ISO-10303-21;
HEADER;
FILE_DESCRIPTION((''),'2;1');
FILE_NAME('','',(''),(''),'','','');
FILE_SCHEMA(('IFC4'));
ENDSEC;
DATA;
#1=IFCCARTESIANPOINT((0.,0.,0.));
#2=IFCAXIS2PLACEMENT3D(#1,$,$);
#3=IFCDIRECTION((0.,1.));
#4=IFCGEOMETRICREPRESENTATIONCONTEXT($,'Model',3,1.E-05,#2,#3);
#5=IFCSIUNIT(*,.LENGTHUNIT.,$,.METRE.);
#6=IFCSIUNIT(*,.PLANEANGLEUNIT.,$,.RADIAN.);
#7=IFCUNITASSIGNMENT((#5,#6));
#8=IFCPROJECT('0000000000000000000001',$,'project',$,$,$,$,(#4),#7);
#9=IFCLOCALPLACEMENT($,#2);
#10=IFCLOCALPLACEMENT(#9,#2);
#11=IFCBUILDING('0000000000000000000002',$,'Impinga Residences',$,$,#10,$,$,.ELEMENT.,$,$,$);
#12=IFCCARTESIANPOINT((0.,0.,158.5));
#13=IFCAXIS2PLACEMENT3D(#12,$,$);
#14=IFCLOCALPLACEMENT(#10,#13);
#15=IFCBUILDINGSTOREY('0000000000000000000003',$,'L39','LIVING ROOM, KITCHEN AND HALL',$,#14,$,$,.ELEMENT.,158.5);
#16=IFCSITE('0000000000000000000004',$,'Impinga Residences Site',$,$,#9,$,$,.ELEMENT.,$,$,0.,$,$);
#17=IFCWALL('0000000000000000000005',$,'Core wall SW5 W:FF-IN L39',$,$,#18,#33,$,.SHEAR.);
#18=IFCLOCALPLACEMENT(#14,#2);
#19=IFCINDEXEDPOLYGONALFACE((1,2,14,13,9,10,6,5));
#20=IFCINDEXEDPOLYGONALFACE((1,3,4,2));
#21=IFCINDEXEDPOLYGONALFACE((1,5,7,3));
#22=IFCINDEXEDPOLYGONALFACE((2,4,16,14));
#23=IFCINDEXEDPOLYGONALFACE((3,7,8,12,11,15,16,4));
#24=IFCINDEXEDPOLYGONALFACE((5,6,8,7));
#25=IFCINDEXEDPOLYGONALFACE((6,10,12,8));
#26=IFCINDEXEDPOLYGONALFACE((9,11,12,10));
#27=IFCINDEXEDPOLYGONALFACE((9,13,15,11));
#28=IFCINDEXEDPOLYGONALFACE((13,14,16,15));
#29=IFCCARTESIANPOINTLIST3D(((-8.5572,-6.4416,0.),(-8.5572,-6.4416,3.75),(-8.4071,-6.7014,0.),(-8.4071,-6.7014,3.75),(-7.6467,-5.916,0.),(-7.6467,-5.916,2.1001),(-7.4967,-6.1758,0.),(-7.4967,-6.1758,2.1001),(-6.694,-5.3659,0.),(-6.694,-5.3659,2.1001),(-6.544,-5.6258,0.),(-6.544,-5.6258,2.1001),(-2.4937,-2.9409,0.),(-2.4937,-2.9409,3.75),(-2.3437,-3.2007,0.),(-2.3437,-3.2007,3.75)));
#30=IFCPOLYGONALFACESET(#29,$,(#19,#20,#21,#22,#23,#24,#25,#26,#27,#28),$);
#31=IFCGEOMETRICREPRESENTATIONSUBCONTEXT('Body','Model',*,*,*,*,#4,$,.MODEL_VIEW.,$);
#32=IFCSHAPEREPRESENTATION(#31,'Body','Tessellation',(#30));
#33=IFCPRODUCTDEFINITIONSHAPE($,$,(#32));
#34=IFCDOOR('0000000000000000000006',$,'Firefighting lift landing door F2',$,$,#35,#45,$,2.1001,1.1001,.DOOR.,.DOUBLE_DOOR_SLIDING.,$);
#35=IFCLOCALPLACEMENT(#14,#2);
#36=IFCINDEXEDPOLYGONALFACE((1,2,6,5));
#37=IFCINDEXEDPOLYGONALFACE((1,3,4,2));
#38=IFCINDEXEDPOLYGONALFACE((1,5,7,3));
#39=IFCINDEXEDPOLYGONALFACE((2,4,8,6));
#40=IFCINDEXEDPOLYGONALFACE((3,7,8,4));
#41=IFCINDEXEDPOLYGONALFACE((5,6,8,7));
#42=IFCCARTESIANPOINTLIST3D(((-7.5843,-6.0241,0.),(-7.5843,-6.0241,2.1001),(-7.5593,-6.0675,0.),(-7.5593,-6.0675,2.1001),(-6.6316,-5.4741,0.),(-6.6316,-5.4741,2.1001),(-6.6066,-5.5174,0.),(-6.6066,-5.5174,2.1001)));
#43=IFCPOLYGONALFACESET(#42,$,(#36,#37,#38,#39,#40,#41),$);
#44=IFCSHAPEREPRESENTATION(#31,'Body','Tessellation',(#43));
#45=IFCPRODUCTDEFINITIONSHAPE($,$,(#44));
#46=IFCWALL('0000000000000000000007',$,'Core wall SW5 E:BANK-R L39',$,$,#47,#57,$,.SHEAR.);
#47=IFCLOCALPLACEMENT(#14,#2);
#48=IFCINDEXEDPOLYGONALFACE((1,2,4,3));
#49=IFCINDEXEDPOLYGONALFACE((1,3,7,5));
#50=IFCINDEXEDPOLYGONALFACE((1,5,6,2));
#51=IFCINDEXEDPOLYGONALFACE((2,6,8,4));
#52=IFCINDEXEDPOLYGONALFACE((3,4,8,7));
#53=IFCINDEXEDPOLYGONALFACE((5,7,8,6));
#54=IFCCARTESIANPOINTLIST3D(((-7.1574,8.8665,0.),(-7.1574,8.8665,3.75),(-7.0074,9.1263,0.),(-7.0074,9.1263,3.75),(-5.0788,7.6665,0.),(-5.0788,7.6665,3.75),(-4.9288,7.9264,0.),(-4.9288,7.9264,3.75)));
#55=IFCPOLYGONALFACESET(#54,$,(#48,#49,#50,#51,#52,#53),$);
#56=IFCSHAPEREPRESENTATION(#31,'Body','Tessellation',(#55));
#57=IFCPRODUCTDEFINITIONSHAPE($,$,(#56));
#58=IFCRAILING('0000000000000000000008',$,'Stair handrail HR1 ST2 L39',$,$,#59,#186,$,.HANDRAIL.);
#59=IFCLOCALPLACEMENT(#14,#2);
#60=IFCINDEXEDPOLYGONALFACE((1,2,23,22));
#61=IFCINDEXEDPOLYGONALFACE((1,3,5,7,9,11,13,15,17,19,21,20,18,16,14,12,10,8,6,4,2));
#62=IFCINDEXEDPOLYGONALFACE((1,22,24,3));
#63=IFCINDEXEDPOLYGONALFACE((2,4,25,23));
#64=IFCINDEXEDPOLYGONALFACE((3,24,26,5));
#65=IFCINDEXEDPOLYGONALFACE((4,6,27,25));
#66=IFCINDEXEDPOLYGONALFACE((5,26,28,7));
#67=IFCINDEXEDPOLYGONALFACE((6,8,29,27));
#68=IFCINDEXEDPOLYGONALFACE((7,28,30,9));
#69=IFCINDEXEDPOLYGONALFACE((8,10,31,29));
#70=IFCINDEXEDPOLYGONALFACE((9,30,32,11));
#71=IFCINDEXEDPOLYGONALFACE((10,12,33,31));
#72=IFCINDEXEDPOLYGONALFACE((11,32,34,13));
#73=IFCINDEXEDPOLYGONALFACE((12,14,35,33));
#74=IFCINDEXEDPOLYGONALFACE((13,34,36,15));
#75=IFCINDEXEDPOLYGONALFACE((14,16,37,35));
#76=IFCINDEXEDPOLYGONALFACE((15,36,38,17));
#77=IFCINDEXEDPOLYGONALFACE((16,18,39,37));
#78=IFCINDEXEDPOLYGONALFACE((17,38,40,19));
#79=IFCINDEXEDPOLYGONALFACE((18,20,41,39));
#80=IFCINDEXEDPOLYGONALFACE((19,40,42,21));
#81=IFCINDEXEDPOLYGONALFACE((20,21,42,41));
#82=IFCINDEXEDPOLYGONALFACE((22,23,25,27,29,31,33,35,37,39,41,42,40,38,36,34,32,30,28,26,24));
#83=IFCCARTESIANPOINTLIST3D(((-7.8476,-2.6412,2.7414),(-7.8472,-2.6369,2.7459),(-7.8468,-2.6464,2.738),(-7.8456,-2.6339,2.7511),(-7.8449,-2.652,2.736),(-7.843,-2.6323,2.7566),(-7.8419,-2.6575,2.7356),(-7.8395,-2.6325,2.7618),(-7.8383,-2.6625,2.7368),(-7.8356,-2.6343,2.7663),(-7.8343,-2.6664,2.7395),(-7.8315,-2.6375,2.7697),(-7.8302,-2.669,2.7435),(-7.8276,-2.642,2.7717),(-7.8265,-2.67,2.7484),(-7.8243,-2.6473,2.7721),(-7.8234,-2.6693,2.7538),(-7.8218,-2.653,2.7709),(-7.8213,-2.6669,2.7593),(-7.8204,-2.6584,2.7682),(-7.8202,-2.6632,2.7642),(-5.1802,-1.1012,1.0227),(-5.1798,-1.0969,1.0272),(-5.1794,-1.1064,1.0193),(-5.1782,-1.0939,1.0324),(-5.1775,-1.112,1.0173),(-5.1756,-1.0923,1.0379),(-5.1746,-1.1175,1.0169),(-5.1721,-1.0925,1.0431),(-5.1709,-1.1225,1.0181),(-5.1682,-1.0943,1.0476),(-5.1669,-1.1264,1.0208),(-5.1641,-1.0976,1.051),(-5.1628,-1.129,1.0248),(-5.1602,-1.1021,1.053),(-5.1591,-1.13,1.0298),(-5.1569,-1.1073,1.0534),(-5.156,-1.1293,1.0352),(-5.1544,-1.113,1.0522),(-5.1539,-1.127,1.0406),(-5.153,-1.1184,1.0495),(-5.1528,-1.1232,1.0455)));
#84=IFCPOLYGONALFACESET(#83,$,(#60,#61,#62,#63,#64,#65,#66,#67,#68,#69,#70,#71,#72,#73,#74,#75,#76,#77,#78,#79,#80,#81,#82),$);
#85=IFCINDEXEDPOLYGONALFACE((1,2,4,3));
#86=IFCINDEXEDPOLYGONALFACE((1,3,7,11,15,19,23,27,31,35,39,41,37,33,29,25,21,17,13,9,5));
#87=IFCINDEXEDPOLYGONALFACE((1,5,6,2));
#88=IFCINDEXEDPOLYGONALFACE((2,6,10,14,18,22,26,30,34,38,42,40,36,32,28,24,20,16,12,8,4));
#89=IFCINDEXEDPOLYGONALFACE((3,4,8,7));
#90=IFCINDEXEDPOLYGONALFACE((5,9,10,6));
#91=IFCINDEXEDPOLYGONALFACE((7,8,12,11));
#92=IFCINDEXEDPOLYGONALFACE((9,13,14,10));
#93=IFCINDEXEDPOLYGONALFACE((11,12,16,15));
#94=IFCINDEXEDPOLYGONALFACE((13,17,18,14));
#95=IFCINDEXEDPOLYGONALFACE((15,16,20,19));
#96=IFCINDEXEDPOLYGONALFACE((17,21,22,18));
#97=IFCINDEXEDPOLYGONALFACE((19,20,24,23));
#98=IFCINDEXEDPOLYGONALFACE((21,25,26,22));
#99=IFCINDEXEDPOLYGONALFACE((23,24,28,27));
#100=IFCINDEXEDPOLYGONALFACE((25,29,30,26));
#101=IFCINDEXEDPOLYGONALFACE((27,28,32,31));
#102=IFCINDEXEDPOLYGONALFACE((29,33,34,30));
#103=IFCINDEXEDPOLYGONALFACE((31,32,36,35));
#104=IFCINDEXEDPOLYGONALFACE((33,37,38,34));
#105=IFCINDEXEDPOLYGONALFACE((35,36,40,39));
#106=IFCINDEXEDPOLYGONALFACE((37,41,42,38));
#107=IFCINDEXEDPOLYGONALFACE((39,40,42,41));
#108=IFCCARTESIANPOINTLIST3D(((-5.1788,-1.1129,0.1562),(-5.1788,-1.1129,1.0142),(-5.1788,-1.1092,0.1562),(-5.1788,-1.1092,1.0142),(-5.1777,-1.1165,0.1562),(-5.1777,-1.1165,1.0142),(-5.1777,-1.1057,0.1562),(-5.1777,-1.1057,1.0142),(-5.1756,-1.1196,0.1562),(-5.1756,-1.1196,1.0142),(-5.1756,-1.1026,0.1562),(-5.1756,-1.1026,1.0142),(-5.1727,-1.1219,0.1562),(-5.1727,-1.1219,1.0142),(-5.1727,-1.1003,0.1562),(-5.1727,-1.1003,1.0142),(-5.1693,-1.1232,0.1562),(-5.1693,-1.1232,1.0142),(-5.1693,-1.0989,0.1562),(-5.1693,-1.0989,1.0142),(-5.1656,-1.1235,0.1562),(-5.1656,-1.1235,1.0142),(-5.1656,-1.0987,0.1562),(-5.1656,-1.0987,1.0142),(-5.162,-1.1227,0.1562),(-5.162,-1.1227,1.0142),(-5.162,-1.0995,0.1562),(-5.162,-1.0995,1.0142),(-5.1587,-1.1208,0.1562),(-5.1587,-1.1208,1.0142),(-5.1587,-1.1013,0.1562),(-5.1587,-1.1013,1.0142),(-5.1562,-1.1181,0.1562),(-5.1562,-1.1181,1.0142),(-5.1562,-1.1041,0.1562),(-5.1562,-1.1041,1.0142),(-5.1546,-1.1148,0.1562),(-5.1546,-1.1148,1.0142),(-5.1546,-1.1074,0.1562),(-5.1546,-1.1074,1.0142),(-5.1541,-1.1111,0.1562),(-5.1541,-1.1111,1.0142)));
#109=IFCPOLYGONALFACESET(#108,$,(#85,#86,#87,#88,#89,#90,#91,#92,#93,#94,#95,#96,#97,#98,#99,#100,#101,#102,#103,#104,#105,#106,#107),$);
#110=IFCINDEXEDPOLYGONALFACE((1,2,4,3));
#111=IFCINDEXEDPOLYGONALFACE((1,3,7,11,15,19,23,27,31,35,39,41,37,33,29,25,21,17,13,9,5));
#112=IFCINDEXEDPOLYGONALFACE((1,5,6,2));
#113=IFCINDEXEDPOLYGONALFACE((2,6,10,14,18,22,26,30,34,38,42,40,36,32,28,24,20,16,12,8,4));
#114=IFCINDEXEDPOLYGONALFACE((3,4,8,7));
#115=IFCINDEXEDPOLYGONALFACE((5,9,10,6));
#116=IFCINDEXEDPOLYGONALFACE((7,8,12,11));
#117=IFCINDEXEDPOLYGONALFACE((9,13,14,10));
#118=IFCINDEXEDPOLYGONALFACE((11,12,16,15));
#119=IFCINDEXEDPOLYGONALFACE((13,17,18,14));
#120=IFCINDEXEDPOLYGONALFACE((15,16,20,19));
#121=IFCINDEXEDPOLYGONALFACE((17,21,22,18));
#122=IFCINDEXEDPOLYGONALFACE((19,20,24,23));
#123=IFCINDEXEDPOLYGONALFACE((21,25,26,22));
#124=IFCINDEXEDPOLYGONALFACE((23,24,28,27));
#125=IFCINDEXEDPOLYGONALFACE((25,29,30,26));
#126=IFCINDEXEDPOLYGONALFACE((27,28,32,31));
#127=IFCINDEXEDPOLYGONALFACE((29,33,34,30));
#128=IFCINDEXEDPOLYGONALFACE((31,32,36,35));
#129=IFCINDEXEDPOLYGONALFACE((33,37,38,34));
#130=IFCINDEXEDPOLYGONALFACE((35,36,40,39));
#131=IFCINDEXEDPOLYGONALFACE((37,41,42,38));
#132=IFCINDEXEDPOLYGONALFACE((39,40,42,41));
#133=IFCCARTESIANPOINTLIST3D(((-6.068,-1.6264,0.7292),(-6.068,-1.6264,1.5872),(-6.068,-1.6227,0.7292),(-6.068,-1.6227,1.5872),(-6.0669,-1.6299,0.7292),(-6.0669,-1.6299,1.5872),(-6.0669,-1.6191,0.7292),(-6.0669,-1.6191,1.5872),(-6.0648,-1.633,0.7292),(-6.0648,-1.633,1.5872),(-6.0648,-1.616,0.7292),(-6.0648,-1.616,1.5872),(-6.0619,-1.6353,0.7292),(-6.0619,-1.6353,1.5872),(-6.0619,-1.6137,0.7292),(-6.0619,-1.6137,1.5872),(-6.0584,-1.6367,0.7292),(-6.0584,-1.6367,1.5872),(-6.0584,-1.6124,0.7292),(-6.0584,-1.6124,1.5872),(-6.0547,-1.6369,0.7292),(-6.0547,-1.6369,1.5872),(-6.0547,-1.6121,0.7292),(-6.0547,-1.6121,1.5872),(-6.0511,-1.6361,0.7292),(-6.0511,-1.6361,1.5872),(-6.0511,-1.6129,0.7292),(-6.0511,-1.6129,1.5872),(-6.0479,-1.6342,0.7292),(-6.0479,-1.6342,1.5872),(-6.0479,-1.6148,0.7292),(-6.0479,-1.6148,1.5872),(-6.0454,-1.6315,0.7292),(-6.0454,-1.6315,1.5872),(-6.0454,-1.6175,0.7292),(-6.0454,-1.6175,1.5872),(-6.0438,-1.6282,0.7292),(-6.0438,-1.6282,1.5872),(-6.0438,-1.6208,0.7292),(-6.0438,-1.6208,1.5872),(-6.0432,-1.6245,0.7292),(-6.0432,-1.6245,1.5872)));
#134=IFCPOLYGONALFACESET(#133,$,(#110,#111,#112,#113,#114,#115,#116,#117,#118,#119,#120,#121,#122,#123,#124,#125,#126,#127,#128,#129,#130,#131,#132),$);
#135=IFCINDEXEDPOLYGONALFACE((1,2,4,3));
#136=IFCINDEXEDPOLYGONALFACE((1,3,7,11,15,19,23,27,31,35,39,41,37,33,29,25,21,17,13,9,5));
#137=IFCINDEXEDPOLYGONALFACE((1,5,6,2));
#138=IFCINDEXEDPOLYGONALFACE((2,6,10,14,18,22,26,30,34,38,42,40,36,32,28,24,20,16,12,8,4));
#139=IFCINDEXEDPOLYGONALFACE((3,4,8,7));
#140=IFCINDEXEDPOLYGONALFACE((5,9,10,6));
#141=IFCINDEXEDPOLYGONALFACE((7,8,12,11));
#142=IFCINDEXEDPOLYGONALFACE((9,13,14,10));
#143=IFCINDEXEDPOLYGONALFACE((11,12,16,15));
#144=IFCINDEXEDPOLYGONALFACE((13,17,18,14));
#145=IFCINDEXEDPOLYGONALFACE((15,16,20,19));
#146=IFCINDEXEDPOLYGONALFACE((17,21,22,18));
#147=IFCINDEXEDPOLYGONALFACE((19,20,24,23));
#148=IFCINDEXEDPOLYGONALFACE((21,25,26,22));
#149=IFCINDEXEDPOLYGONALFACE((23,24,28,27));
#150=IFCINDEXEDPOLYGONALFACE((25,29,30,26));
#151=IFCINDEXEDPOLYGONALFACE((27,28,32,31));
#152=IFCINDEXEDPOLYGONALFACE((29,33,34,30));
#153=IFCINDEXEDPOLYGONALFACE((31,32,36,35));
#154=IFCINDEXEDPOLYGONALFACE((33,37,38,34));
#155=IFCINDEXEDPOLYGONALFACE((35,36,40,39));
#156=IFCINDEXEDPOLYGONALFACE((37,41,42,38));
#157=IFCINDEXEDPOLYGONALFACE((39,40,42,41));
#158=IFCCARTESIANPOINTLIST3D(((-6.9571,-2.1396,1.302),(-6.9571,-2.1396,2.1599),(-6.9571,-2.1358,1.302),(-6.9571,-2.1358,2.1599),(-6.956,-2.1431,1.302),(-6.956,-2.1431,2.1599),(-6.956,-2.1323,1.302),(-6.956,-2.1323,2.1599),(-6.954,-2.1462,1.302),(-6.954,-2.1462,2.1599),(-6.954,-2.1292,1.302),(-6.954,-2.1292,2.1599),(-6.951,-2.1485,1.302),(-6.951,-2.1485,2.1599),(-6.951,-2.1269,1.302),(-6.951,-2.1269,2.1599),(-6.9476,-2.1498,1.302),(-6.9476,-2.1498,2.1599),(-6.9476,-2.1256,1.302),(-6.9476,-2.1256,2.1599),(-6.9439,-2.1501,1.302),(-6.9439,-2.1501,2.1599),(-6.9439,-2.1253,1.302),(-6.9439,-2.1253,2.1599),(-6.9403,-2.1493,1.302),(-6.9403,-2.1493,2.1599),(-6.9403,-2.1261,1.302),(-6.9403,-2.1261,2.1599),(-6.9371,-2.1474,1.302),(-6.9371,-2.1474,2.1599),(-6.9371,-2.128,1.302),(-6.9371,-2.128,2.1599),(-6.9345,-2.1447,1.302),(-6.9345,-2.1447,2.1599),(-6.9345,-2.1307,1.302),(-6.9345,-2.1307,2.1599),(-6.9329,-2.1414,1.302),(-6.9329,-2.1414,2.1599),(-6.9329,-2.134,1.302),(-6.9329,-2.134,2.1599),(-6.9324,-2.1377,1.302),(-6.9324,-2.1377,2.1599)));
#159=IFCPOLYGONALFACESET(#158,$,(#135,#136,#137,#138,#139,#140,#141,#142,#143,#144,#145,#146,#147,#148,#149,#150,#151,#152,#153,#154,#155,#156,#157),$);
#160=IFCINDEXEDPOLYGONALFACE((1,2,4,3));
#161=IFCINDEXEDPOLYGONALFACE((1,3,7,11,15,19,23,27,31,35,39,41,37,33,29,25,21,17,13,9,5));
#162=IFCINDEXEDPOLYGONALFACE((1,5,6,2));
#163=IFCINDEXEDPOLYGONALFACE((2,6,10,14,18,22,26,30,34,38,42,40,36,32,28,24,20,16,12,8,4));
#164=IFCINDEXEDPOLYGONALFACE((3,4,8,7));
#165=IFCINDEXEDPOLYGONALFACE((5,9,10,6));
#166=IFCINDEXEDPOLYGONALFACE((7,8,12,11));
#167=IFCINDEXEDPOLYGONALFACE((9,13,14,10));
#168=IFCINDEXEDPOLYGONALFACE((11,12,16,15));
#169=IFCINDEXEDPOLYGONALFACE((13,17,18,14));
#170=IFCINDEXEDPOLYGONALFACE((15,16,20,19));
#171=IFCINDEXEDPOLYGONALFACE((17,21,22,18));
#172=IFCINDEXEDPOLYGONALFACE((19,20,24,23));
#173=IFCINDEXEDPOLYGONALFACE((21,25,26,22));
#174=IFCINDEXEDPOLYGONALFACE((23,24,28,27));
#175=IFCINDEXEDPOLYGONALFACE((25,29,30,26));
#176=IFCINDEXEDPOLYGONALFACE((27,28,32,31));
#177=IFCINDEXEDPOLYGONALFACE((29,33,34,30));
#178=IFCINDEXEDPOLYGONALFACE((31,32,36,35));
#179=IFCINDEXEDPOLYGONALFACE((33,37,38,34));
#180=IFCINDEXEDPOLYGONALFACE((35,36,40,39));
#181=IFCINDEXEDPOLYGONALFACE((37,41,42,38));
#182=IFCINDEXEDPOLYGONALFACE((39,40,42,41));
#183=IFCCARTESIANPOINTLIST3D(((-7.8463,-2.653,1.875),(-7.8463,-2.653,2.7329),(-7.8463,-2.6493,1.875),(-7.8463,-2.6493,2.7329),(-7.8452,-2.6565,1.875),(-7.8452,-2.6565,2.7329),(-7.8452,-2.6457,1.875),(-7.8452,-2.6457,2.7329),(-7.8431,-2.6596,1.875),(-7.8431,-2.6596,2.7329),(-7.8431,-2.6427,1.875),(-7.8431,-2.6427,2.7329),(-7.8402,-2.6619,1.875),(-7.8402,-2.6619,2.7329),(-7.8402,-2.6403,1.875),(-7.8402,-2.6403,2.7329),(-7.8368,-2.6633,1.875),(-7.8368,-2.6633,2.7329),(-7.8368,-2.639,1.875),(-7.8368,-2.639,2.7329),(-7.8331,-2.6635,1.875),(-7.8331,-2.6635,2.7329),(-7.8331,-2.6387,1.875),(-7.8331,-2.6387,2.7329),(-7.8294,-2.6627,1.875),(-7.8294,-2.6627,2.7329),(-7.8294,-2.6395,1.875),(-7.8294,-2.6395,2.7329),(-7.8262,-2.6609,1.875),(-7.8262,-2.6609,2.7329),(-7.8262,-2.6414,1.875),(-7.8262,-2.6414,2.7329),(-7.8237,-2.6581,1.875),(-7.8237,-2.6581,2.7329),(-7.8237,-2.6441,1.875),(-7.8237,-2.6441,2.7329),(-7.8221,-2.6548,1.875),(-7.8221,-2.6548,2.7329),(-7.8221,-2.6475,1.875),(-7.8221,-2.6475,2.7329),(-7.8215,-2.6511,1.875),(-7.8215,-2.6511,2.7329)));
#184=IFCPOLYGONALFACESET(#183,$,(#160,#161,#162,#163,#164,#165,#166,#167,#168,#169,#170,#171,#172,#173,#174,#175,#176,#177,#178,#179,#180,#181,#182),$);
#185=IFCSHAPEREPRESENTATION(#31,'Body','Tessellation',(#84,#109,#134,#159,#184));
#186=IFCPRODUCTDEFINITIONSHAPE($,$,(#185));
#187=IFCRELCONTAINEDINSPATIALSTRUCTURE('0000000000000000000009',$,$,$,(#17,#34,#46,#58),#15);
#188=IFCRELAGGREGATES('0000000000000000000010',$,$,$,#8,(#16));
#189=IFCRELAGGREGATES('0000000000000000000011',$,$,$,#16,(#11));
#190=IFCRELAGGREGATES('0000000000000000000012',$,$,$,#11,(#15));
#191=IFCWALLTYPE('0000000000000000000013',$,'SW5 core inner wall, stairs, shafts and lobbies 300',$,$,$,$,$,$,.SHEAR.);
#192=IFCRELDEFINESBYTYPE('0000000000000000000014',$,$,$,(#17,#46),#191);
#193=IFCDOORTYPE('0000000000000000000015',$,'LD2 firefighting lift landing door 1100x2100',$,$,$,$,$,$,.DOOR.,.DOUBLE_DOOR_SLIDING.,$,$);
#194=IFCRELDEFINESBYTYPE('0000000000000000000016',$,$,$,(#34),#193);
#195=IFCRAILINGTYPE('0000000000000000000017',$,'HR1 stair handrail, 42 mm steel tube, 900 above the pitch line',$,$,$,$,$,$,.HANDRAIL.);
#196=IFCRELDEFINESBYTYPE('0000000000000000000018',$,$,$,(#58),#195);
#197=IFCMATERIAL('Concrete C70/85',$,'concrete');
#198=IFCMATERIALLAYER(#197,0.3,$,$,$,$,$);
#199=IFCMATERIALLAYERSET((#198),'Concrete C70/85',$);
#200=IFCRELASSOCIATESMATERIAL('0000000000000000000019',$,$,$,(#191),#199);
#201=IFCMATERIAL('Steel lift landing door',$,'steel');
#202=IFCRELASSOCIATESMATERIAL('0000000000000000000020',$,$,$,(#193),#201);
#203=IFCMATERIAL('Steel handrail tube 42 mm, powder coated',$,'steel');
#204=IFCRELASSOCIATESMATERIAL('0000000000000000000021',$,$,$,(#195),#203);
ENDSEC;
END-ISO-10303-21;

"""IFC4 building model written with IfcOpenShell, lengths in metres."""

from ifc_helpers import new_model, si_unit, direction, frame, frame_2d, origin, origin_2d, place, context, subcontext, project, spatial, rectangle, circle, extrude, material, layer, layer_set, type_object, element, fill, save


model = new_model("IFC4")

# Units and contexts
model_context = context("Model", 3, precision=1e-05, world=origin(), true_north=direction((0.0, 1.0)))
body_context = subcontext(model_context, "Body", "Model", "MODEL_VIEW")
ifc_project = project(units=[si_unit("LENGTHUNIT", "METRE"), si_unit("PLANEANGLEUNIT", "RADIAN")], contexts=[model_context])

# Site, building, storey
site_placement = place(None, origin())
site = spatial("IfcSite", under=ifc_project, at=site_placement, Name="Impinga Residences Site", CompositionType="ELEMENT", RefElevation=0.0)
building_placement = place(site_placement, origin())
building = spatial("IfcBuilding", under=site, at=building_placement, Name="Impinga Residences", CompositionType="ELEMENT")
storey_placement = place(building_placement, frame((0.0, 0.0, 158.5)))
storey = spatial("IfcBuildingStorey", under=building, at=storey_placement, Name="L39", Description="LIVING ROOM, KITCHEN AND HALL", CompositionType="ELEMENT", Elevation=158.5)

# Shared definitions
ifc_material_1 = material(Name="Concrete C70/85", Category="concrete")
ifc_layer_1 = layer(ifc_material_1, 0.3)
ifc_layer_set_1 = layer_set([ifc_layer_1], Name="Concrete C70/85")
wall_type_1 = type_object("IfcWallType", Name="SW5 core inner wall, stairs, shafts and lobbies 300", PredefinedType="SHEAR", material=ifc_layer_set_1)

# Shared definitions
ifc_material_2 = material(Name="Steel lift landing door", Category="steel")
door_type_1 = type_object("IfcDoorType", Name="LD2 firefighting lift landing door 1100x2100", OperationType="DOUBLE_DOOR_SLIDING", PredefinedType="DOOR", material=ifc_material_2)

# Wall, opening, door
wall_1_placement = place(storey_placement, frame((-2.4187, -3.0708, 0.0), z_axis=(0.0, 0.0, 1.0), x_axis=(-0.866026, -0.499998, 0.0)))
wall_1 = element("IfcWall", 1, at=wall_1_placement, inside=storey, type_object=wall_type_1, Name="Core wall SW5 W:FF-IN L39", PredefinedType="SHEAR", context=body_context, shape_type="SweptSolid", body=[
    extrude(rectangle(XDim=7.0015, YDim=0.3, at=frame_2d((3.5007, 0.0))), origin(), (0.0, 0.0, 1.0), 3.75),
])
opening_1_placement = place(wall_1_placement, frame((4.8501, 0.0, 0.0)))
opening_1 = element("IfcOpeningElement", 2, at=opening_1_placement, cuts=wall_1, PredefinedType="OPENING", context=body_context, shape_type="SweptSolid", body=[
    extrude(rectangle(XDim=1.1001, YDim=2.1001, at=frame_2d((0.55, 1.05))), frame((0.0, 0.1599, 0.0), z_axis=(0.0, -1.0, 0.0), x_axis=(1.0, 0.0, 0.0)), (0.0, 0.0, 1.0), 0.3201),
])
door_1_placement = place(opening_1_placement, origin())
door_1 = element("IfcDoor", 3, at=door_1_placement, inside=storey, type_object=door_type_1, Name="Firefighting lift landing door F2", OperationType="DOUBLE_DOOR_SLIDING", OverallHeight=2.1001, OverallWidth=1.1001, PredefinedType="DOOR", context=body_context, shape_type="SweptSolid", body=[
    extrude(rectangle(XDim=1.1001, YDim=2.1001, at=frame_2d((0.55, 1.05))), frame((0.0, 0.0249, 0.0), z_axis=(0.0, -1.0, 0.0), x_axis=(1.0, 0.0, 0.0)), (0.0, 0.0, 1.0), 0.05),
])
fill(opening_1, door_1)

# Wall
wall_2_placement = place(storey_placement, frame((-5.0037, 7.7964, 0.0), z_axis=(0.0, 0.0, 1.0), x_axis=(-0.86605, 0.499957, 0.0)))
element("IfcWall", 4, at=wall_2_placement, inside=storey, type_object=wall_type_1, Name="Core wall SW5 E:BANK-R L39", PredefinedType="SHEAR", context=body_context, shape_type="SweptSolid", body=[
    extrude(rectangle(XDim=2.4001, YDim=0.3, at=frame_2d((1.2002, 0.0))), origin(), (0.0, 0.0, 1.0), 3.75),
])

# Railing
ifc_material_3 = material(Name="Steel handrail tube 42 mm, powder coated", Category="steel")
railing_type = type_object("IfcRailingType", Name="HR1 stair handrail, 42 mm steel tube, 900 above the pitch line", PredefinedType="HANDRAIL", material=ifc_material_3)
railing_placement = place(storey_placement, frame((-5.1665, -1.1111, 0.1562)))
element("IfcRailing", 5, at=railing_placement, inside=storey, type_object=railing_type, Name="Stair handrail HR1 ST2 L39", PredefinedType="HANDRAIL", context=body_context, shape_type="SweptSolid", body=[
    extrude(circle(Radius=0.021, at=origin_2d()), frame((0.0, 0.0, 0.8789), z_axis=(-0.756256, -0.436616, 0.487282), x_axis=(0.499992, -0.86603, 0.0)), (0.0, 0.0, 1.0), 3.5271),
    extrude(circle(Radius=0.0125, at=origin_2d()), origin(), (0.0, 0.0, 1.0), 0.8579),
    extrude(circle(Radius=0.0125, at=origin_2d()), frame((-0.8892, -0.5134, 0.573)), (0.0, 0.0, 1.0), 0.8579),
    extrude(circle(Radius=0.0125, at=origin_2d()), frame((-1.7783, -1.0266, 1.1458)), (0.0, 0.0, 1.0), 0.8579),
    extrude(circle(Radius=0.0125, at=origin_2d()), frame((-2.6675, -1.54, 1.7188)), (0.0, 0.0, 1.0), 0.8579),
])

save(model, "model.ifc")
